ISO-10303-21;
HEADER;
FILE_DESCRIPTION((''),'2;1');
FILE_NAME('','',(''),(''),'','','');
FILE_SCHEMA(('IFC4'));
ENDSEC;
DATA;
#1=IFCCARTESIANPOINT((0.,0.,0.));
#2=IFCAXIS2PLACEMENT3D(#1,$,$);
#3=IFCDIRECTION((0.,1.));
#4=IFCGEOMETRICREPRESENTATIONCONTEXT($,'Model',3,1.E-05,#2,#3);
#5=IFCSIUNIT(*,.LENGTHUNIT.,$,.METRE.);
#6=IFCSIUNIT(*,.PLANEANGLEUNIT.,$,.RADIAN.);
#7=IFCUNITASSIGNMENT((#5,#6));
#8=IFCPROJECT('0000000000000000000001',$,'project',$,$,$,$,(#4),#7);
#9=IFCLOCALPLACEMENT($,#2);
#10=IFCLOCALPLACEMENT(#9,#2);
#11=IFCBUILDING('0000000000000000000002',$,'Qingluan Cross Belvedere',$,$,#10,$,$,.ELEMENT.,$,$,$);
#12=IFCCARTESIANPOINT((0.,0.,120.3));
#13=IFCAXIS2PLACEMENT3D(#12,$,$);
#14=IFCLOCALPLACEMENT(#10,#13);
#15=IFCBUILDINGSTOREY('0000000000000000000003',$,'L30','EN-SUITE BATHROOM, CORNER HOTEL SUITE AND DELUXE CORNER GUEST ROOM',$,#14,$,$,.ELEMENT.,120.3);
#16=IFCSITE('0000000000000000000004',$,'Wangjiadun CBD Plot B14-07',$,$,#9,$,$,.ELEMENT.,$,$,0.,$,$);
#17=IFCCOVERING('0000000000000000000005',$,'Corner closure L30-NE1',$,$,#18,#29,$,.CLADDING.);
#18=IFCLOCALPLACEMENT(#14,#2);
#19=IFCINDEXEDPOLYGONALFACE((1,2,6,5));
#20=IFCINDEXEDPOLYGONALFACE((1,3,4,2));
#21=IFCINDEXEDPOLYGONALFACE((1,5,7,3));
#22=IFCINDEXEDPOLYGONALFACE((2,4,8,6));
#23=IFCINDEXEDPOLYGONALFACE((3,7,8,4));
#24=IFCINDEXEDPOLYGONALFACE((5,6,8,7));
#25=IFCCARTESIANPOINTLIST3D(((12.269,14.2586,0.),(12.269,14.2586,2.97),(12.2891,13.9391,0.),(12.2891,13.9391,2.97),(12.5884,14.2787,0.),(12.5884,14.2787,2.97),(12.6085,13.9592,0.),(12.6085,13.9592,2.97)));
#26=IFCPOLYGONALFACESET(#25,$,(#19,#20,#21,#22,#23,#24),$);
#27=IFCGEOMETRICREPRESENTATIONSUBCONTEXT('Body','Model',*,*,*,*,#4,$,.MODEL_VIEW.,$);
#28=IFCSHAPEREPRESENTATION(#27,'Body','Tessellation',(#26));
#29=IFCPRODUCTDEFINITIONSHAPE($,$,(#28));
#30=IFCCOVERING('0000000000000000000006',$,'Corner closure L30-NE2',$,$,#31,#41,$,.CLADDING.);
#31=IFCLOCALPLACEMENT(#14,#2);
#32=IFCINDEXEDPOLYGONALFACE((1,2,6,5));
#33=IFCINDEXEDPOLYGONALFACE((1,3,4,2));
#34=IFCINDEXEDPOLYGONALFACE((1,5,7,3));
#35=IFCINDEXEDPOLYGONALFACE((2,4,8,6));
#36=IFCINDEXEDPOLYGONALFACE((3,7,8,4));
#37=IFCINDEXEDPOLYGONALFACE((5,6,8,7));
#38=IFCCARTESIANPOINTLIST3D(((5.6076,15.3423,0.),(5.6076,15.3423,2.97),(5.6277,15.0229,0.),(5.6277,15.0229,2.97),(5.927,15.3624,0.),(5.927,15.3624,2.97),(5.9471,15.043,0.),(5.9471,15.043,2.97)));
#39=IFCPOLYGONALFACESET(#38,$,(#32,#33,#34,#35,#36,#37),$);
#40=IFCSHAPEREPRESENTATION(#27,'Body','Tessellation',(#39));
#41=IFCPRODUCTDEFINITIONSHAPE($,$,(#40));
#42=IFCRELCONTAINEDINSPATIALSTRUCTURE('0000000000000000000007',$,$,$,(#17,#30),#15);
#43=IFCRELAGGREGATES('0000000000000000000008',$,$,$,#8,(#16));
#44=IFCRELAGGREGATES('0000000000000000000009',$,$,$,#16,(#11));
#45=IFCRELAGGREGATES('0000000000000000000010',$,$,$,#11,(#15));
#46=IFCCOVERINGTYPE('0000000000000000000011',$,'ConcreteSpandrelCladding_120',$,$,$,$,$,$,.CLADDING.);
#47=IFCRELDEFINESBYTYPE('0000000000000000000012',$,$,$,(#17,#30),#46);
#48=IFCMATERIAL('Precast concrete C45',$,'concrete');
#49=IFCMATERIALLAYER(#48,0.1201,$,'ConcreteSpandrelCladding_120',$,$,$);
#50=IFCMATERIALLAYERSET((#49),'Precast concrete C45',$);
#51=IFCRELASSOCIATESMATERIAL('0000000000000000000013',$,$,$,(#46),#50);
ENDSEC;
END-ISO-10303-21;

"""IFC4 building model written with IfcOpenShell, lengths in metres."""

from ifc_helpers import new_model, si_unit, direction, frame, origin, origin_2d, place, context, subcontext, project, spatial, rectangle, extrude, material, layer, layer_set, type_object, element, save


model = new_model("IFC4")

# Units and contexts
model_context = context("Model", 3, precision=1e-05, world=origin(), true_north=direction((0.0, 1.0)))
body_context = subcontext(model_context, "Body", "Model", "MODEL_VIEW")
ifc_project = project(units=[si_unit("LENGTHUNIT", "METRE"), si_unit("PLANEANGLEUNIT", "RADIAN")], contexts=[model_context])

# Site, building, storey
site_placement = place(None, origin())
site = spatial("IfcSite", under=ifc_project, at=site_placement, Name="Wangjiadun CBD Plot B14-07", CompositionType="ELEMENT", RefElevation=0.0)
building_placement = place(site_placement, origin())
building = spatial("IfcBuilding", under=site, at=building_placement, Name="Qingluan Cross Belvedere", CompositionType="ELEMENT")
storey_placement = place(building_placement, frame((0.0, 0.0, 120.3)))
storey = spatial("IfcBuildingStorey", under=building, at=storey_placement, Name="L30", Description="EN-SUITE BATHROOM, CORNER HOTEL SUITE AND DELUXE CORNER GUEST ROOM", CompositionType="ELEMENT", Elevation=120.3)

# Coverings
ifc_material_1 = material(Name="Precast concrete C45", Category="concrete")
ifc_layer_1 = layer(ifc_material_1, 0.1201, Name="ConcreteSpandrelCladding_120")
ifc_layer_set_1 = layer_set([ifc_layer_1], Name="Precast concrete C45")
covering_type = type_object("IfcCoveringType", Name="ConcreteSpandrelCladding_120", PredefinedType="CLADDING", material=ifc_layer_set_1)
for number, where, z_axis, x_axis, name in (
    (1, (12.4387, 14.1089, 0.0), (0.0, 0.0, 1.0), (0.998027, 0.062791, 0.0), "Corner closure L30-NE1"),
    (2, (5.7773, 15.1926, 0.0), (0.0, 0.0, 1.0), (0.998027, 0.062791, 0.0), "Corner closure L30-NE2"),
):
    element("IfcCovering", number, at=place(storey_placement, frame(where, z_axis=z_axis, x_axis=x_axis)), inside=storey, type_object=covering_type, Name=name, PredefinedType="CLADDING", context=body_context, shape_type="SweptSolid", body=[
        extrude(rectangle(XDim=0.3201, YDim=0.3201, at=origin_2d()), origin(), (0.0, 0.0, 1.0), 2.97),
    ])

save(model, "model.ifc")
